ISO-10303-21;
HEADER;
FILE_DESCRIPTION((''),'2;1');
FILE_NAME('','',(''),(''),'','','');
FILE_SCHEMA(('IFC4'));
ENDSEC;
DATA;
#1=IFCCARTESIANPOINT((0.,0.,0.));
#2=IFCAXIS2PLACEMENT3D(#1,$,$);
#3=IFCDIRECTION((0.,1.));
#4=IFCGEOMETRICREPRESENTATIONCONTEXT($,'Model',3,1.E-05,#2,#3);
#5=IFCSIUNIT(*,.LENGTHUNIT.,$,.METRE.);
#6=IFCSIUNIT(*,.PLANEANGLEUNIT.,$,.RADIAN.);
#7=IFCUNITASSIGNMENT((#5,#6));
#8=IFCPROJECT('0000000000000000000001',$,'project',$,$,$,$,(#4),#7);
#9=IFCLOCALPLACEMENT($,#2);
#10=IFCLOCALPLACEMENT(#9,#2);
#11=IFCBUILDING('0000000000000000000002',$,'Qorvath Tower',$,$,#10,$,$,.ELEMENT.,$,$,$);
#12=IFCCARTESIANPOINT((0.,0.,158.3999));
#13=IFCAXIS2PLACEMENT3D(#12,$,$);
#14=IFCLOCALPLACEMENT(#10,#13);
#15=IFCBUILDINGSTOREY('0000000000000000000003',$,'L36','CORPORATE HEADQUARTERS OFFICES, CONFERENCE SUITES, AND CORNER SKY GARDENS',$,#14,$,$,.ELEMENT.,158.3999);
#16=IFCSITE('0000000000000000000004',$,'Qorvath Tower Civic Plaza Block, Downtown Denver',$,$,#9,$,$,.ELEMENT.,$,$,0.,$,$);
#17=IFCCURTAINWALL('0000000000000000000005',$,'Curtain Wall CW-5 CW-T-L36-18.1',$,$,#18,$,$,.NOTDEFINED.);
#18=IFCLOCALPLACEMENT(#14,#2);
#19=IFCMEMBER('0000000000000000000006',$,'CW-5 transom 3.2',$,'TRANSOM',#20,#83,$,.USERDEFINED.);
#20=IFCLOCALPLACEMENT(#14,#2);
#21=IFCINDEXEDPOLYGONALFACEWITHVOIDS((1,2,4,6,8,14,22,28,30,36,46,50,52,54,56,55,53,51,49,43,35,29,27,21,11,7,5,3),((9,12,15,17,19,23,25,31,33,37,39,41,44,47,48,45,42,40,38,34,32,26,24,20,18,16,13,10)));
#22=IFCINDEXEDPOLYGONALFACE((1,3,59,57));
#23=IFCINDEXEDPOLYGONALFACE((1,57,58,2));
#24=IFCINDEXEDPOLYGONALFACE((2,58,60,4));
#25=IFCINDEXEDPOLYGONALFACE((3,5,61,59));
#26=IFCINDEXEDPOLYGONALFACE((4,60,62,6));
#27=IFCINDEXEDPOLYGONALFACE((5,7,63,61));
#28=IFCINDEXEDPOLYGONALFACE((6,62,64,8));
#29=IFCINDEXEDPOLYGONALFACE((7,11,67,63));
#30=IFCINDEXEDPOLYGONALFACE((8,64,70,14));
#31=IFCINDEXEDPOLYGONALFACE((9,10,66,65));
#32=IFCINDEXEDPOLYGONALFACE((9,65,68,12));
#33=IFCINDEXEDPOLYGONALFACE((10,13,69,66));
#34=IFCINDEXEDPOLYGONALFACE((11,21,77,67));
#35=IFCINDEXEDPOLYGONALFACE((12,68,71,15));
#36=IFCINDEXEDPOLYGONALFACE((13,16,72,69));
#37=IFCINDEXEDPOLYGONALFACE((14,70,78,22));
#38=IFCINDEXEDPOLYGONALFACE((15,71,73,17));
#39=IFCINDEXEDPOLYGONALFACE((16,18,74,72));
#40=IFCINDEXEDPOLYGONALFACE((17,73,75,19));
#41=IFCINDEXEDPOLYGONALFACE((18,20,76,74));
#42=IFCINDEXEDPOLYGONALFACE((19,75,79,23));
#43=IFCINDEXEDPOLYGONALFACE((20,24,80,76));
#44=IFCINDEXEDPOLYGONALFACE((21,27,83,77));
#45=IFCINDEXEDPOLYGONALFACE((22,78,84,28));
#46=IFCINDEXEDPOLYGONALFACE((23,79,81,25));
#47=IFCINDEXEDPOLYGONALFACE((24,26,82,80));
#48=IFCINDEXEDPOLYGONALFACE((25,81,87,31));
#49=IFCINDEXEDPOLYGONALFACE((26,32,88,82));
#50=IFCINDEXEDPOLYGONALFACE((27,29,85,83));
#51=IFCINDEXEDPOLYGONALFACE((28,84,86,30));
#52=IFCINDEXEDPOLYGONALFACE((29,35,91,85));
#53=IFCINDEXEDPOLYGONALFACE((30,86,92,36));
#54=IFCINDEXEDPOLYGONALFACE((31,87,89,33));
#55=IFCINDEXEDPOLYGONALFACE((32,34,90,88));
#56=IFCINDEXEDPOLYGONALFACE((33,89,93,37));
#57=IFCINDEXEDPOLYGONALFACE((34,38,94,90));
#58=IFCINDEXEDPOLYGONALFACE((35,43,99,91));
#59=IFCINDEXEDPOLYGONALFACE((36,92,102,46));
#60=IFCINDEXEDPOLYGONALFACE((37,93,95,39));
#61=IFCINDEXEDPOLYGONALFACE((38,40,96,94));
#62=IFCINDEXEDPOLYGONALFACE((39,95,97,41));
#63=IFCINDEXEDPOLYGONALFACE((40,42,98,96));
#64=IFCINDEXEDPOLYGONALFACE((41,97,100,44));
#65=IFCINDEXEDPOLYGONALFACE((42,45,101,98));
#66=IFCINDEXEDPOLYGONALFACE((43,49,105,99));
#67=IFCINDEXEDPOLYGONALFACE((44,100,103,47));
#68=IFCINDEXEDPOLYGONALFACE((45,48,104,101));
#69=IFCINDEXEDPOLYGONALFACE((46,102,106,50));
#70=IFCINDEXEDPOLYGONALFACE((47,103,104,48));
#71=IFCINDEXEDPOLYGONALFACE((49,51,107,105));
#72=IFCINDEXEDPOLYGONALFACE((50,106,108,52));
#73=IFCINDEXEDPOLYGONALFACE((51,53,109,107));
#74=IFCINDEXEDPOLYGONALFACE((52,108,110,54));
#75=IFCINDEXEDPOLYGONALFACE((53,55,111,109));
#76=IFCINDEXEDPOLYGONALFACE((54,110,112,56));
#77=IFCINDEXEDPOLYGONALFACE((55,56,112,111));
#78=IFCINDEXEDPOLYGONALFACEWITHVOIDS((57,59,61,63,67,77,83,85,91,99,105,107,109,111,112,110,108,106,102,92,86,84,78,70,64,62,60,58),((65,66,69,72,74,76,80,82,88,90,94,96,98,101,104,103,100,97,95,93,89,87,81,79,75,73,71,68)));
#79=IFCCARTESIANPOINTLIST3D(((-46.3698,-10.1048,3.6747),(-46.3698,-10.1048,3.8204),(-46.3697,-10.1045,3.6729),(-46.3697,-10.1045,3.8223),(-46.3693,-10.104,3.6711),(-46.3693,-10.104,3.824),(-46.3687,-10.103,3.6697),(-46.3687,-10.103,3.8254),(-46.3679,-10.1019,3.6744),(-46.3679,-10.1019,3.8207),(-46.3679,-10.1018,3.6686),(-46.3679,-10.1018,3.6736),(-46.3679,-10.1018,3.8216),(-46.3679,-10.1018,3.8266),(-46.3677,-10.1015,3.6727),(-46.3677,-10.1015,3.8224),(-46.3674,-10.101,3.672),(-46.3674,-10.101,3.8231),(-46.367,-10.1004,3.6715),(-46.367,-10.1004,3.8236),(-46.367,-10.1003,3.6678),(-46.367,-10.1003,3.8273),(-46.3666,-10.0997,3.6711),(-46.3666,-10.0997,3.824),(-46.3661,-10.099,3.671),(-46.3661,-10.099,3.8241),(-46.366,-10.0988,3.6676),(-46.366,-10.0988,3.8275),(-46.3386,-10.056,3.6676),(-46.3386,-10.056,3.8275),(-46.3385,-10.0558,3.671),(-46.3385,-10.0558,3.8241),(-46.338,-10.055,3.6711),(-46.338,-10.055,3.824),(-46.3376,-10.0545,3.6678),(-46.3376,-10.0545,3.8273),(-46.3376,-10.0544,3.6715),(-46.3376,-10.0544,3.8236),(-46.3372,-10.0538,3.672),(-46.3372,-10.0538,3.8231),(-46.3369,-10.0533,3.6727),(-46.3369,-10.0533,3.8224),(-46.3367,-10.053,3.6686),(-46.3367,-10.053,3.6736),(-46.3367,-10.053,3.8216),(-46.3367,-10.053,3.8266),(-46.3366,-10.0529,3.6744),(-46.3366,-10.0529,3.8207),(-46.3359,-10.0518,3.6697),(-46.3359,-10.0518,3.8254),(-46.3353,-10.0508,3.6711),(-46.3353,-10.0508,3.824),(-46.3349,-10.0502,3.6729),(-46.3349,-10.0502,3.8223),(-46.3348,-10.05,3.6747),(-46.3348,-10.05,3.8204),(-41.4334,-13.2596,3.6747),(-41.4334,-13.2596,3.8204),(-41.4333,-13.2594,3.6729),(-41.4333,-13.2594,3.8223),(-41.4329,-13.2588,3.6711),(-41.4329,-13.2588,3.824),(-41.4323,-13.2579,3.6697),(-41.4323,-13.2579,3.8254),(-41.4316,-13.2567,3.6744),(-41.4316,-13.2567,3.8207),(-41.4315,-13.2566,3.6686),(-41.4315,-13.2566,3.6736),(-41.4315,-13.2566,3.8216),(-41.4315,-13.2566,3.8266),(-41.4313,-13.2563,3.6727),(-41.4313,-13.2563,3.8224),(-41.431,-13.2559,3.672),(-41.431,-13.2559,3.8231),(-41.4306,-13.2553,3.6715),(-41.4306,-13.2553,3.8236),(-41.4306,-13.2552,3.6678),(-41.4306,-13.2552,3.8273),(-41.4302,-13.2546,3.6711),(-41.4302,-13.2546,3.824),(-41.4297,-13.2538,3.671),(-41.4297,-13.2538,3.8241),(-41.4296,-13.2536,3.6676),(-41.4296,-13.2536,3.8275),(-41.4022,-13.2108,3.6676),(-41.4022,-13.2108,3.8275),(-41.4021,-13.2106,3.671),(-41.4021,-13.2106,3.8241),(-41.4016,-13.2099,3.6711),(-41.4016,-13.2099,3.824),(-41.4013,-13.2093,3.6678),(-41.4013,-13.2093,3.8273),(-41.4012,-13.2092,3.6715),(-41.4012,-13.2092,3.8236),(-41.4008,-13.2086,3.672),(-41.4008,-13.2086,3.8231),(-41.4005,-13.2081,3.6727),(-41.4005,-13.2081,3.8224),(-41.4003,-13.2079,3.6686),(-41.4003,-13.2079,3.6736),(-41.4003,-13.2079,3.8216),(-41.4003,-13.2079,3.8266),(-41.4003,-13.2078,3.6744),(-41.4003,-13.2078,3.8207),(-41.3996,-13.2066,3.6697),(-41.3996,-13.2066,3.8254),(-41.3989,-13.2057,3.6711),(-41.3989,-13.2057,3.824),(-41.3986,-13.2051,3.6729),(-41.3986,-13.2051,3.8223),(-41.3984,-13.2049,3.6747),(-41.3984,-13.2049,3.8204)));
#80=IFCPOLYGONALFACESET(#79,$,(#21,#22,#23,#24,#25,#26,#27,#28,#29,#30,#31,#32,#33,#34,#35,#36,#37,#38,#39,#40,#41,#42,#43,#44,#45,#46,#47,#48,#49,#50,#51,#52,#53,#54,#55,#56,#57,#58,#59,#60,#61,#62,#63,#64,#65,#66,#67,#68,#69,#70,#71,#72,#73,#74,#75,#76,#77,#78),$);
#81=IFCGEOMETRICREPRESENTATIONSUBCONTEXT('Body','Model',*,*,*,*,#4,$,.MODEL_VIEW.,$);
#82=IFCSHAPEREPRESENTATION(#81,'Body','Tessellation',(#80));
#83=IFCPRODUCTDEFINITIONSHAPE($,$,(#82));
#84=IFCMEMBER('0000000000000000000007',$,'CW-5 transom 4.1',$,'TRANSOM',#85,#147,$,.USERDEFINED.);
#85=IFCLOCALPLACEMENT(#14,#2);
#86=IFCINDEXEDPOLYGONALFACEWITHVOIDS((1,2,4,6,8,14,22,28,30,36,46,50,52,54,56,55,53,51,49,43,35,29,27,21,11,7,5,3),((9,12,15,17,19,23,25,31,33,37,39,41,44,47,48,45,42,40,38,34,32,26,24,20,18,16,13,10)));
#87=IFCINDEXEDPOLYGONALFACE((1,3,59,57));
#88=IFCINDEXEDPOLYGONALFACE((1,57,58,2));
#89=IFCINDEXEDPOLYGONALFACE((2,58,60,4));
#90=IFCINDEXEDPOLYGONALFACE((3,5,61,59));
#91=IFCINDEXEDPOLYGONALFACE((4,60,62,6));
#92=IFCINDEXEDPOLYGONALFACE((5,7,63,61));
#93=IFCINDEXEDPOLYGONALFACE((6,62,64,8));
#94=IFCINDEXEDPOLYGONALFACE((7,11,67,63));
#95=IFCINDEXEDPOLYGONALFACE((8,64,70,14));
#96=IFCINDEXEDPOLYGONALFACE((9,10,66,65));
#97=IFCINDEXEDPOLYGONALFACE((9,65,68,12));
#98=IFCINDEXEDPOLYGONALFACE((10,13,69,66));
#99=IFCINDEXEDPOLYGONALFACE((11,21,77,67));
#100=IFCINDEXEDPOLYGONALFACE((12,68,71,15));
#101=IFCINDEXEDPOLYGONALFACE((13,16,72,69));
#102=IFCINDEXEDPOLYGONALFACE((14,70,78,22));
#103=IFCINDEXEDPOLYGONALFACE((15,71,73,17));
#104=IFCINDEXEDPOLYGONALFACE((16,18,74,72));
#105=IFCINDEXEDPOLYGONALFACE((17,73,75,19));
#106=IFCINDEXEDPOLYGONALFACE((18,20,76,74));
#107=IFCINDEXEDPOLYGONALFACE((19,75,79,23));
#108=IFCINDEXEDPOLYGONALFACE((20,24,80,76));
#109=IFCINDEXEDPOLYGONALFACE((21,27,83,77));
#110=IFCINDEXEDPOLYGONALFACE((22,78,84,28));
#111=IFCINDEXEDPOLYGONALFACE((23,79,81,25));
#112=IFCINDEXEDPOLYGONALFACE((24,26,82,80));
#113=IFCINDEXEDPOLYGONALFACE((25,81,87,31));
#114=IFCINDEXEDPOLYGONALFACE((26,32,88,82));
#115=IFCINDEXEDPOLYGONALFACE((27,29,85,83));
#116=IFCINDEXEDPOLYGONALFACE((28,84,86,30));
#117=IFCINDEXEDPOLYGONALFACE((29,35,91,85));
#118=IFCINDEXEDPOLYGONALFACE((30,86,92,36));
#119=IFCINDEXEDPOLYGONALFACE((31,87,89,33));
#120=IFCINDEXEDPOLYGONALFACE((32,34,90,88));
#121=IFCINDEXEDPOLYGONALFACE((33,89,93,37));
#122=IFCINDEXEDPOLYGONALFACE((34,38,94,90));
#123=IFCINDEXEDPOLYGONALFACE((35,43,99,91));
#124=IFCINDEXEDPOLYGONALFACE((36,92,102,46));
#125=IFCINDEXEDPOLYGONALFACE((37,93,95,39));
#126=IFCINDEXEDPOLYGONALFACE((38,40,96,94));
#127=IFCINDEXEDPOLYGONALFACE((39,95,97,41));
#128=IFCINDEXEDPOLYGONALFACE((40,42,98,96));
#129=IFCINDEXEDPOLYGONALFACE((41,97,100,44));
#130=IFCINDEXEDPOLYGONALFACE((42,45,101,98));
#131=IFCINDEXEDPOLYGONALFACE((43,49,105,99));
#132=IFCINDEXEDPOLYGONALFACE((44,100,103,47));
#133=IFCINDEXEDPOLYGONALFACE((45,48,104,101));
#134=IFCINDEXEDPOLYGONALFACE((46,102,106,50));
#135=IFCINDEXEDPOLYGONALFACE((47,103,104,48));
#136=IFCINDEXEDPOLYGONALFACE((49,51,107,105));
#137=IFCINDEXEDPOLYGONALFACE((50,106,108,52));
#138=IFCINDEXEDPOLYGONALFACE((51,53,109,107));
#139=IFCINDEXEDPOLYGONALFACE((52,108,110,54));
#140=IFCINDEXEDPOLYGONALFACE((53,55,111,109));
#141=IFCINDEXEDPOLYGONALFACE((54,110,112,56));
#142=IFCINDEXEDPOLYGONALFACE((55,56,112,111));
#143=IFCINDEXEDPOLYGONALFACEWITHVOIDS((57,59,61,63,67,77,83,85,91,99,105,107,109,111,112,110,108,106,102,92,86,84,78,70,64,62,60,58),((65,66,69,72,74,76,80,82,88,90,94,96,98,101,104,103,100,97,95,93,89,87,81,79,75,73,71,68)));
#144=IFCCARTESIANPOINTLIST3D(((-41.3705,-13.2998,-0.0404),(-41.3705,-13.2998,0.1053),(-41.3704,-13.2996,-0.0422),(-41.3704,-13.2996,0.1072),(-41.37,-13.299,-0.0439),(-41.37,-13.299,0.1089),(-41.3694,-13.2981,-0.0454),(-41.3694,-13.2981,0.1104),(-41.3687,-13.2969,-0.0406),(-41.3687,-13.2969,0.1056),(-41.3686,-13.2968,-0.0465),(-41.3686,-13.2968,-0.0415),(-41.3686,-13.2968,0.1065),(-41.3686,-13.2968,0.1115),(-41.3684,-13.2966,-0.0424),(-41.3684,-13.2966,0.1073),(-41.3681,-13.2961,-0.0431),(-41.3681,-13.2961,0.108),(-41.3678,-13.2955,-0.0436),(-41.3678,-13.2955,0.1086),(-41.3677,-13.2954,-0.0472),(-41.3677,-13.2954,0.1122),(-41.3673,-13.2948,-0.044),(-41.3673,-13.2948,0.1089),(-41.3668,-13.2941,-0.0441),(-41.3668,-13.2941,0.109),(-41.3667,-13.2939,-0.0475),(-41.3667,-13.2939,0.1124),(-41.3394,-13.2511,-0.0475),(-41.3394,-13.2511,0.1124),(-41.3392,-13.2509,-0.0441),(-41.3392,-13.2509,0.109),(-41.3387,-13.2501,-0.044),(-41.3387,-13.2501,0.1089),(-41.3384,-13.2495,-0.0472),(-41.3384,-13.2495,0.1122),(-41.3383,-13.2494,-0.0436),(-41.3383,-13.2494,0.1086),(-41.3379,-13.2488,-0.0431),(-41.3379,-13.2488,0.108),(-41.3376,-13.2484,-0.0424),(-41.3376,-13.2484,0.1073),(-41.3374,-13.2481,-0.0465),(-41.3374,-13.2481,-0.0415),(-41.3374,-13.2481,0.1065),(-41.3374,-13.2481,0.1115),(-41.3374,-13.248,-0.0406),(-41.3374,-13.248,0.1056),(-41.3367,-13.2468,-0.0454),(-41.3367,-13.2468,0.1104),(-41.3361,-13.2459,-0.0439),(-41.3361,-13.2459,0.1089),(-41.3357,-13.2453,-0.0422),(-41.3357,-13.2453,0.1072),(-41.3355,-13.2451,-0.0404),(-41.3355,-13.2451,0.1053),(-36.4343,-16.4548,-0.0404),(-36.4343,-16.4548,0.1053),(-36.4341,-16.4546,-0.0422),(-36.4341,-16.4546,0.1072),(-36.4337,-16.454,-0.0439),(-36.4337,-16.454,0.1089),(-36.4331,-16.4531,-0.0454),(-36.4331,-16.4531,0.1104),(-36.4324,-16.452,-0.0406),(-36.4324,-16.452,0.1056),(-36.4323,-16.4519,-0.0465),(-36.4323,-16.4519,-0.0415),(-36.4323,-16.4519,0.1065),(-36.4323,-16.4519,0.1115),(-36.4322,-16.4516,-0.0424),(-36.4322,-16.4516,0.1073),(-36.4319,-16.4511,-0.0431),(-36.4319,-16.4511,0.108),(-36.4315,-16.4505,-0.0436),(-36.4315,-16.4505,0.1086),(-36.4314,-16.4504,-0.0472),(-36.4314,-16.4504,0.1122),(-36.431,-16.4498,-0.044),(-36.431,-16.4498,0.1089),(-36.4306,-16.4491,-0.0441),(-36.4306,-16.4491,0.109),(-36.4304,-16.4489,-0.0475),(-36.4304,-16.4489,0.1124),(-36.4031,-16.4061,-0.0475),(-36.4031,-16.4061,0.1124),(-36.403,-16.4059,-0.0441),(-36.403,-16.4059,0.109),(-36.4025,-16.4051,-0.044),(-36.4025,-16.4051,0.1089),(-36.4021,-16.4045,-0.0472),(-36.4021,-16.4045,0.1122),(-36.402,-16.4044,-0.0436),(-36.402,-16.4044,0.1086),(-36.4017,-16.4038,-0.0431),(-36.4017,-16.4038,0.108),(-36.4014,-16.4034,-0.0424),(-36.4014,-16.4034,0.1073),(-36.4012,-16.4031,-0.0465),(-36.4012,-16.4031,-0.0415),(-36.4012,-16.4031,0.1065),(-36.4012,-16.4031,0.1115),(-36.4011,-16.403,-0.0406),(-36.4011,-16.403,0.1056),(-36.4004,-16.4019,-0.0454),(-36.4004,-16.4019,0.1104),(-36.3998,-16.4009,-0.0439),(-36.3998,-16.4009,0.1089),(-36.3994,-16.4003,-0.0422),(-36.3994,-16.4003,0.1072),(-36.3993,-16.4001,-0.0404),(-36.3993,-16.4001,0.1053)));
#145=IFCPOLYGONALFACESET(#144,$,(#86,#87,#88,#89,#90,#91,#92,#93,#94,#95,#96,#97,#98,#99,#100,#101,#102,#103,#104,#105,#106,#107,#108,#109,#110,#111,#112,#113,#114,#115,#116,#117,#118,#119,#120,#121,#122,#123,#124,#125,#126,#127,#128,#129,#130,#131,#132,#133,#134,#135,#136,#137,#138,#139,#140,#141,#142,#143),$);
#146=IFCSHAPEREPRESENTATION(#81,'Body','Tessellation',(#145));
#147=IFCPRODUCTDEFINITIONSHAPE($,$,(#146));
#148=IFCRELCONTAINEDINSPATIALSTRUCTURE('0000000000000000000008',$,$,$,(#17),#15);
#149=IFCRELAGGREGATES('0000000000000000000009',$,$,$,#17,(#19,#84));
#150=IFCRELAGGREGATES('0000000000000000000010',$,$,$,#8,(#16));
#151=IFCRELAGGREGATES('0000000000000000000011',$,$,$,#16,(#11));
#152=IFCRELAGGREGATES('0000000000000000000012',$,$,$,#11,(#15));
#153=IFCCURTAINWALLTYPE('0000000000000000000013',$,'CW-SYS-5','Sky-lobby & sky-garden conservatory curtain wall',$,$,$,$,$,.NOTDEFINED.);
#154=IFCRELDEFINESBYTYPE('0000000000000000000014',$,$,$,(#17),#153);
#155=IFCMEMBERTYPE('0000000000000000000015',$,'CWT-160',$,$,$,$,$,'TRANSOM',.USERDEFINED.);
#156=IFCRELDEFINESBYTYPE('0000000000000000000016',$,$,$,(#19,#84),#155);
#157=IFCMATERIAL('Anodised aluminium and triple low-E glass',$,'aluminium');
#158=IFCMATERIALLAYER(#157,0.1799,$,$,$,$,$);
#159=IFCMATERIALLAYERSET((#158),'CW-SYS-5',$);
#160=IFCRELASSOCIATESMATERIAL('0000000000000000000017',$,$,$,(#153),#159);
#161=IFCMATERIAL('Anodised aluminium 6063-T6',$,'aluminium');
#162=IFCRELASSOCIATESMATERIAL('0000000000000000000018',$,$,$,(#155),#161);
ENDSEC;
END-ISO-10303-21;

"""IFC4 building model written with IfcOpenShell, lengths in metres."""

from ifc_helpers import new_model, si_unit, direction, frame, origin, origin_2d, place, context, subcontext, project, spatial, hollow_rectangle, extrude, material, layer, layer_set, material_profile, profile_set, type_object, element, aggregate, save


model = new_model("IFC4")

# Units and contexts
model_context = context("Model", 3, precision=1e-05, world=origin(), true_north=direction((0.0, 1.0)))
body_context = subcontext(model_context, "Body", "Model", "MODEL_VIEW")
ifc_project = project(units=[si_unit("LENGTHUNIT", "METRE"), si_unit("PLANEANGLEUNIT", "RADIAN")], contexts=[model_context])

# Site, building, storey
site_placement = place(None, origin())
site = spatial("IfcSite", under=ifc_project, at=site_placement, Name="Qorvath Tower Civic Plaza Block, Downtown Denver", CompositionType="ELEMENT", RefElevation=0.0)
building_placement = place(site_placement, origin())
building = spatial("IfcBuilding", under=site, at=building_placement, Name="Qorvath Tower", CompositionType="ELEMENT")
storey_placement = place(building_placement, frame((0.0, 0.0, 158.3999)))
storey = spatial("IfcBuildingStorey", under=building, at=storey_placement, Name="L36", Description="CORPORATE HEADQUARTERS OFFICES, CONFERENCE SUITES, AND CORNER SKY GARDENS", CompositionType="ELEMENT", Elevation=158.3999)

# Shared definitions
ifc_material_1 = material(Name="Anodised aluminium and triple low-E glass", Category="aluminium")
ifc_layer_1 = layer(ifc_material_1, 0.1799)
ifc_layer_set_1 = layer_set([ifc_layer_1], Name="CW-SYS-5")
curtain_wall_type = type_object("IfcCurtainWallType", Name="CW-SYS-5", Description="Sky-lobby & sky-garden conservatory curtain wall", PredefinedType="NOTDEFINED", material=ifc_layer_set_1)

# Curtain wall, members
curtain_wall_1_placement = place(storey_placement, origin())
curtain_wall_1 = element("IfcCurtainWall", 1, at=curtain_wall_1_placement, inside=storey, type_object=curtain_wall_type, Name="Curtain Wall CW-5 CW-T-L36-18.1", PredefinedType="NOTDEFINED")
ifc_material_2 = material(Name="Anodised aluminium 6063-T6", Category="aluminium")
ifc_material_profile_1 = material_profile(ifc_material_2, hollow_rectangle(XDim=0.0649, YDim=0.1599, WallThickness=0.0034, InnerFilletRadius=0.0034, OuterFilletRadius=0.0071, at=origin_2d()), Name="CWT 160x65")
ifc_profile_set_1 = profile_set([ifc_material_profile_1], Name="Anodised aluminium 6063-T6")
member_type_1 = type_object("IfcMemberType", Name="CWT-160", ElementType="TRANSOM", PredefinedType="USERDEFINED", material=ifc_profile_set_1)
member_1_placement = place(storey_placement, frame((-46.3523, -10.0774, 3.7476), z_axis=(0.842615, -0.538517, 0.0), x_axis=(0.538517, 0.842615, 0.0)))
member_1 = element("IfcMember", 2, at=member_1_placement, type_object=member_type_1, Name="CW-5 transom 3.2", ObjectType="TRANSOM", PredefinedType="USERDEFINED", context=body_context, shape_type="SweptSolid", body=[
    extrude(hollow_rectangle(XDim=0.0649, YDim=0.1599, WallThickness=0.0034, InnerFilletRadius=0.0034, OuterFilletRadius=0.0071, at=origin_2d()), origin(), (0.0, 0.0, 1.0), 5.8584),
])
member_2_placement = place(storey_placement, frame((-41.353, -13.2725, 0.0325), z_axis=(0.842596, -0.538546, 0.0), x_axis=(0.538546, 0.842596, 0.0)))
member_2 = element("IfcMember", 3, at=member_2_placement, type_object=member_type_1, Name="CW-5 transom 4.1", ObjectType="TRANSOM", PredefinedType="USERDEFINED", context=body_context, shape_type="SweptSolid", body=[
    extrude(hollow_rectangle(XDim=0.0649, YDim=0.1599, WallThickness=0.0034, InnerFilletRadius=0.0034, OuterFilletRadius=0.0071, at=origin_2d()), origin(), (0.0, 0.0, 1.0), 5.8584),
])

aggregate(curtain_wall_1, [member_1, member_2])

save(model, "model.ifc")
